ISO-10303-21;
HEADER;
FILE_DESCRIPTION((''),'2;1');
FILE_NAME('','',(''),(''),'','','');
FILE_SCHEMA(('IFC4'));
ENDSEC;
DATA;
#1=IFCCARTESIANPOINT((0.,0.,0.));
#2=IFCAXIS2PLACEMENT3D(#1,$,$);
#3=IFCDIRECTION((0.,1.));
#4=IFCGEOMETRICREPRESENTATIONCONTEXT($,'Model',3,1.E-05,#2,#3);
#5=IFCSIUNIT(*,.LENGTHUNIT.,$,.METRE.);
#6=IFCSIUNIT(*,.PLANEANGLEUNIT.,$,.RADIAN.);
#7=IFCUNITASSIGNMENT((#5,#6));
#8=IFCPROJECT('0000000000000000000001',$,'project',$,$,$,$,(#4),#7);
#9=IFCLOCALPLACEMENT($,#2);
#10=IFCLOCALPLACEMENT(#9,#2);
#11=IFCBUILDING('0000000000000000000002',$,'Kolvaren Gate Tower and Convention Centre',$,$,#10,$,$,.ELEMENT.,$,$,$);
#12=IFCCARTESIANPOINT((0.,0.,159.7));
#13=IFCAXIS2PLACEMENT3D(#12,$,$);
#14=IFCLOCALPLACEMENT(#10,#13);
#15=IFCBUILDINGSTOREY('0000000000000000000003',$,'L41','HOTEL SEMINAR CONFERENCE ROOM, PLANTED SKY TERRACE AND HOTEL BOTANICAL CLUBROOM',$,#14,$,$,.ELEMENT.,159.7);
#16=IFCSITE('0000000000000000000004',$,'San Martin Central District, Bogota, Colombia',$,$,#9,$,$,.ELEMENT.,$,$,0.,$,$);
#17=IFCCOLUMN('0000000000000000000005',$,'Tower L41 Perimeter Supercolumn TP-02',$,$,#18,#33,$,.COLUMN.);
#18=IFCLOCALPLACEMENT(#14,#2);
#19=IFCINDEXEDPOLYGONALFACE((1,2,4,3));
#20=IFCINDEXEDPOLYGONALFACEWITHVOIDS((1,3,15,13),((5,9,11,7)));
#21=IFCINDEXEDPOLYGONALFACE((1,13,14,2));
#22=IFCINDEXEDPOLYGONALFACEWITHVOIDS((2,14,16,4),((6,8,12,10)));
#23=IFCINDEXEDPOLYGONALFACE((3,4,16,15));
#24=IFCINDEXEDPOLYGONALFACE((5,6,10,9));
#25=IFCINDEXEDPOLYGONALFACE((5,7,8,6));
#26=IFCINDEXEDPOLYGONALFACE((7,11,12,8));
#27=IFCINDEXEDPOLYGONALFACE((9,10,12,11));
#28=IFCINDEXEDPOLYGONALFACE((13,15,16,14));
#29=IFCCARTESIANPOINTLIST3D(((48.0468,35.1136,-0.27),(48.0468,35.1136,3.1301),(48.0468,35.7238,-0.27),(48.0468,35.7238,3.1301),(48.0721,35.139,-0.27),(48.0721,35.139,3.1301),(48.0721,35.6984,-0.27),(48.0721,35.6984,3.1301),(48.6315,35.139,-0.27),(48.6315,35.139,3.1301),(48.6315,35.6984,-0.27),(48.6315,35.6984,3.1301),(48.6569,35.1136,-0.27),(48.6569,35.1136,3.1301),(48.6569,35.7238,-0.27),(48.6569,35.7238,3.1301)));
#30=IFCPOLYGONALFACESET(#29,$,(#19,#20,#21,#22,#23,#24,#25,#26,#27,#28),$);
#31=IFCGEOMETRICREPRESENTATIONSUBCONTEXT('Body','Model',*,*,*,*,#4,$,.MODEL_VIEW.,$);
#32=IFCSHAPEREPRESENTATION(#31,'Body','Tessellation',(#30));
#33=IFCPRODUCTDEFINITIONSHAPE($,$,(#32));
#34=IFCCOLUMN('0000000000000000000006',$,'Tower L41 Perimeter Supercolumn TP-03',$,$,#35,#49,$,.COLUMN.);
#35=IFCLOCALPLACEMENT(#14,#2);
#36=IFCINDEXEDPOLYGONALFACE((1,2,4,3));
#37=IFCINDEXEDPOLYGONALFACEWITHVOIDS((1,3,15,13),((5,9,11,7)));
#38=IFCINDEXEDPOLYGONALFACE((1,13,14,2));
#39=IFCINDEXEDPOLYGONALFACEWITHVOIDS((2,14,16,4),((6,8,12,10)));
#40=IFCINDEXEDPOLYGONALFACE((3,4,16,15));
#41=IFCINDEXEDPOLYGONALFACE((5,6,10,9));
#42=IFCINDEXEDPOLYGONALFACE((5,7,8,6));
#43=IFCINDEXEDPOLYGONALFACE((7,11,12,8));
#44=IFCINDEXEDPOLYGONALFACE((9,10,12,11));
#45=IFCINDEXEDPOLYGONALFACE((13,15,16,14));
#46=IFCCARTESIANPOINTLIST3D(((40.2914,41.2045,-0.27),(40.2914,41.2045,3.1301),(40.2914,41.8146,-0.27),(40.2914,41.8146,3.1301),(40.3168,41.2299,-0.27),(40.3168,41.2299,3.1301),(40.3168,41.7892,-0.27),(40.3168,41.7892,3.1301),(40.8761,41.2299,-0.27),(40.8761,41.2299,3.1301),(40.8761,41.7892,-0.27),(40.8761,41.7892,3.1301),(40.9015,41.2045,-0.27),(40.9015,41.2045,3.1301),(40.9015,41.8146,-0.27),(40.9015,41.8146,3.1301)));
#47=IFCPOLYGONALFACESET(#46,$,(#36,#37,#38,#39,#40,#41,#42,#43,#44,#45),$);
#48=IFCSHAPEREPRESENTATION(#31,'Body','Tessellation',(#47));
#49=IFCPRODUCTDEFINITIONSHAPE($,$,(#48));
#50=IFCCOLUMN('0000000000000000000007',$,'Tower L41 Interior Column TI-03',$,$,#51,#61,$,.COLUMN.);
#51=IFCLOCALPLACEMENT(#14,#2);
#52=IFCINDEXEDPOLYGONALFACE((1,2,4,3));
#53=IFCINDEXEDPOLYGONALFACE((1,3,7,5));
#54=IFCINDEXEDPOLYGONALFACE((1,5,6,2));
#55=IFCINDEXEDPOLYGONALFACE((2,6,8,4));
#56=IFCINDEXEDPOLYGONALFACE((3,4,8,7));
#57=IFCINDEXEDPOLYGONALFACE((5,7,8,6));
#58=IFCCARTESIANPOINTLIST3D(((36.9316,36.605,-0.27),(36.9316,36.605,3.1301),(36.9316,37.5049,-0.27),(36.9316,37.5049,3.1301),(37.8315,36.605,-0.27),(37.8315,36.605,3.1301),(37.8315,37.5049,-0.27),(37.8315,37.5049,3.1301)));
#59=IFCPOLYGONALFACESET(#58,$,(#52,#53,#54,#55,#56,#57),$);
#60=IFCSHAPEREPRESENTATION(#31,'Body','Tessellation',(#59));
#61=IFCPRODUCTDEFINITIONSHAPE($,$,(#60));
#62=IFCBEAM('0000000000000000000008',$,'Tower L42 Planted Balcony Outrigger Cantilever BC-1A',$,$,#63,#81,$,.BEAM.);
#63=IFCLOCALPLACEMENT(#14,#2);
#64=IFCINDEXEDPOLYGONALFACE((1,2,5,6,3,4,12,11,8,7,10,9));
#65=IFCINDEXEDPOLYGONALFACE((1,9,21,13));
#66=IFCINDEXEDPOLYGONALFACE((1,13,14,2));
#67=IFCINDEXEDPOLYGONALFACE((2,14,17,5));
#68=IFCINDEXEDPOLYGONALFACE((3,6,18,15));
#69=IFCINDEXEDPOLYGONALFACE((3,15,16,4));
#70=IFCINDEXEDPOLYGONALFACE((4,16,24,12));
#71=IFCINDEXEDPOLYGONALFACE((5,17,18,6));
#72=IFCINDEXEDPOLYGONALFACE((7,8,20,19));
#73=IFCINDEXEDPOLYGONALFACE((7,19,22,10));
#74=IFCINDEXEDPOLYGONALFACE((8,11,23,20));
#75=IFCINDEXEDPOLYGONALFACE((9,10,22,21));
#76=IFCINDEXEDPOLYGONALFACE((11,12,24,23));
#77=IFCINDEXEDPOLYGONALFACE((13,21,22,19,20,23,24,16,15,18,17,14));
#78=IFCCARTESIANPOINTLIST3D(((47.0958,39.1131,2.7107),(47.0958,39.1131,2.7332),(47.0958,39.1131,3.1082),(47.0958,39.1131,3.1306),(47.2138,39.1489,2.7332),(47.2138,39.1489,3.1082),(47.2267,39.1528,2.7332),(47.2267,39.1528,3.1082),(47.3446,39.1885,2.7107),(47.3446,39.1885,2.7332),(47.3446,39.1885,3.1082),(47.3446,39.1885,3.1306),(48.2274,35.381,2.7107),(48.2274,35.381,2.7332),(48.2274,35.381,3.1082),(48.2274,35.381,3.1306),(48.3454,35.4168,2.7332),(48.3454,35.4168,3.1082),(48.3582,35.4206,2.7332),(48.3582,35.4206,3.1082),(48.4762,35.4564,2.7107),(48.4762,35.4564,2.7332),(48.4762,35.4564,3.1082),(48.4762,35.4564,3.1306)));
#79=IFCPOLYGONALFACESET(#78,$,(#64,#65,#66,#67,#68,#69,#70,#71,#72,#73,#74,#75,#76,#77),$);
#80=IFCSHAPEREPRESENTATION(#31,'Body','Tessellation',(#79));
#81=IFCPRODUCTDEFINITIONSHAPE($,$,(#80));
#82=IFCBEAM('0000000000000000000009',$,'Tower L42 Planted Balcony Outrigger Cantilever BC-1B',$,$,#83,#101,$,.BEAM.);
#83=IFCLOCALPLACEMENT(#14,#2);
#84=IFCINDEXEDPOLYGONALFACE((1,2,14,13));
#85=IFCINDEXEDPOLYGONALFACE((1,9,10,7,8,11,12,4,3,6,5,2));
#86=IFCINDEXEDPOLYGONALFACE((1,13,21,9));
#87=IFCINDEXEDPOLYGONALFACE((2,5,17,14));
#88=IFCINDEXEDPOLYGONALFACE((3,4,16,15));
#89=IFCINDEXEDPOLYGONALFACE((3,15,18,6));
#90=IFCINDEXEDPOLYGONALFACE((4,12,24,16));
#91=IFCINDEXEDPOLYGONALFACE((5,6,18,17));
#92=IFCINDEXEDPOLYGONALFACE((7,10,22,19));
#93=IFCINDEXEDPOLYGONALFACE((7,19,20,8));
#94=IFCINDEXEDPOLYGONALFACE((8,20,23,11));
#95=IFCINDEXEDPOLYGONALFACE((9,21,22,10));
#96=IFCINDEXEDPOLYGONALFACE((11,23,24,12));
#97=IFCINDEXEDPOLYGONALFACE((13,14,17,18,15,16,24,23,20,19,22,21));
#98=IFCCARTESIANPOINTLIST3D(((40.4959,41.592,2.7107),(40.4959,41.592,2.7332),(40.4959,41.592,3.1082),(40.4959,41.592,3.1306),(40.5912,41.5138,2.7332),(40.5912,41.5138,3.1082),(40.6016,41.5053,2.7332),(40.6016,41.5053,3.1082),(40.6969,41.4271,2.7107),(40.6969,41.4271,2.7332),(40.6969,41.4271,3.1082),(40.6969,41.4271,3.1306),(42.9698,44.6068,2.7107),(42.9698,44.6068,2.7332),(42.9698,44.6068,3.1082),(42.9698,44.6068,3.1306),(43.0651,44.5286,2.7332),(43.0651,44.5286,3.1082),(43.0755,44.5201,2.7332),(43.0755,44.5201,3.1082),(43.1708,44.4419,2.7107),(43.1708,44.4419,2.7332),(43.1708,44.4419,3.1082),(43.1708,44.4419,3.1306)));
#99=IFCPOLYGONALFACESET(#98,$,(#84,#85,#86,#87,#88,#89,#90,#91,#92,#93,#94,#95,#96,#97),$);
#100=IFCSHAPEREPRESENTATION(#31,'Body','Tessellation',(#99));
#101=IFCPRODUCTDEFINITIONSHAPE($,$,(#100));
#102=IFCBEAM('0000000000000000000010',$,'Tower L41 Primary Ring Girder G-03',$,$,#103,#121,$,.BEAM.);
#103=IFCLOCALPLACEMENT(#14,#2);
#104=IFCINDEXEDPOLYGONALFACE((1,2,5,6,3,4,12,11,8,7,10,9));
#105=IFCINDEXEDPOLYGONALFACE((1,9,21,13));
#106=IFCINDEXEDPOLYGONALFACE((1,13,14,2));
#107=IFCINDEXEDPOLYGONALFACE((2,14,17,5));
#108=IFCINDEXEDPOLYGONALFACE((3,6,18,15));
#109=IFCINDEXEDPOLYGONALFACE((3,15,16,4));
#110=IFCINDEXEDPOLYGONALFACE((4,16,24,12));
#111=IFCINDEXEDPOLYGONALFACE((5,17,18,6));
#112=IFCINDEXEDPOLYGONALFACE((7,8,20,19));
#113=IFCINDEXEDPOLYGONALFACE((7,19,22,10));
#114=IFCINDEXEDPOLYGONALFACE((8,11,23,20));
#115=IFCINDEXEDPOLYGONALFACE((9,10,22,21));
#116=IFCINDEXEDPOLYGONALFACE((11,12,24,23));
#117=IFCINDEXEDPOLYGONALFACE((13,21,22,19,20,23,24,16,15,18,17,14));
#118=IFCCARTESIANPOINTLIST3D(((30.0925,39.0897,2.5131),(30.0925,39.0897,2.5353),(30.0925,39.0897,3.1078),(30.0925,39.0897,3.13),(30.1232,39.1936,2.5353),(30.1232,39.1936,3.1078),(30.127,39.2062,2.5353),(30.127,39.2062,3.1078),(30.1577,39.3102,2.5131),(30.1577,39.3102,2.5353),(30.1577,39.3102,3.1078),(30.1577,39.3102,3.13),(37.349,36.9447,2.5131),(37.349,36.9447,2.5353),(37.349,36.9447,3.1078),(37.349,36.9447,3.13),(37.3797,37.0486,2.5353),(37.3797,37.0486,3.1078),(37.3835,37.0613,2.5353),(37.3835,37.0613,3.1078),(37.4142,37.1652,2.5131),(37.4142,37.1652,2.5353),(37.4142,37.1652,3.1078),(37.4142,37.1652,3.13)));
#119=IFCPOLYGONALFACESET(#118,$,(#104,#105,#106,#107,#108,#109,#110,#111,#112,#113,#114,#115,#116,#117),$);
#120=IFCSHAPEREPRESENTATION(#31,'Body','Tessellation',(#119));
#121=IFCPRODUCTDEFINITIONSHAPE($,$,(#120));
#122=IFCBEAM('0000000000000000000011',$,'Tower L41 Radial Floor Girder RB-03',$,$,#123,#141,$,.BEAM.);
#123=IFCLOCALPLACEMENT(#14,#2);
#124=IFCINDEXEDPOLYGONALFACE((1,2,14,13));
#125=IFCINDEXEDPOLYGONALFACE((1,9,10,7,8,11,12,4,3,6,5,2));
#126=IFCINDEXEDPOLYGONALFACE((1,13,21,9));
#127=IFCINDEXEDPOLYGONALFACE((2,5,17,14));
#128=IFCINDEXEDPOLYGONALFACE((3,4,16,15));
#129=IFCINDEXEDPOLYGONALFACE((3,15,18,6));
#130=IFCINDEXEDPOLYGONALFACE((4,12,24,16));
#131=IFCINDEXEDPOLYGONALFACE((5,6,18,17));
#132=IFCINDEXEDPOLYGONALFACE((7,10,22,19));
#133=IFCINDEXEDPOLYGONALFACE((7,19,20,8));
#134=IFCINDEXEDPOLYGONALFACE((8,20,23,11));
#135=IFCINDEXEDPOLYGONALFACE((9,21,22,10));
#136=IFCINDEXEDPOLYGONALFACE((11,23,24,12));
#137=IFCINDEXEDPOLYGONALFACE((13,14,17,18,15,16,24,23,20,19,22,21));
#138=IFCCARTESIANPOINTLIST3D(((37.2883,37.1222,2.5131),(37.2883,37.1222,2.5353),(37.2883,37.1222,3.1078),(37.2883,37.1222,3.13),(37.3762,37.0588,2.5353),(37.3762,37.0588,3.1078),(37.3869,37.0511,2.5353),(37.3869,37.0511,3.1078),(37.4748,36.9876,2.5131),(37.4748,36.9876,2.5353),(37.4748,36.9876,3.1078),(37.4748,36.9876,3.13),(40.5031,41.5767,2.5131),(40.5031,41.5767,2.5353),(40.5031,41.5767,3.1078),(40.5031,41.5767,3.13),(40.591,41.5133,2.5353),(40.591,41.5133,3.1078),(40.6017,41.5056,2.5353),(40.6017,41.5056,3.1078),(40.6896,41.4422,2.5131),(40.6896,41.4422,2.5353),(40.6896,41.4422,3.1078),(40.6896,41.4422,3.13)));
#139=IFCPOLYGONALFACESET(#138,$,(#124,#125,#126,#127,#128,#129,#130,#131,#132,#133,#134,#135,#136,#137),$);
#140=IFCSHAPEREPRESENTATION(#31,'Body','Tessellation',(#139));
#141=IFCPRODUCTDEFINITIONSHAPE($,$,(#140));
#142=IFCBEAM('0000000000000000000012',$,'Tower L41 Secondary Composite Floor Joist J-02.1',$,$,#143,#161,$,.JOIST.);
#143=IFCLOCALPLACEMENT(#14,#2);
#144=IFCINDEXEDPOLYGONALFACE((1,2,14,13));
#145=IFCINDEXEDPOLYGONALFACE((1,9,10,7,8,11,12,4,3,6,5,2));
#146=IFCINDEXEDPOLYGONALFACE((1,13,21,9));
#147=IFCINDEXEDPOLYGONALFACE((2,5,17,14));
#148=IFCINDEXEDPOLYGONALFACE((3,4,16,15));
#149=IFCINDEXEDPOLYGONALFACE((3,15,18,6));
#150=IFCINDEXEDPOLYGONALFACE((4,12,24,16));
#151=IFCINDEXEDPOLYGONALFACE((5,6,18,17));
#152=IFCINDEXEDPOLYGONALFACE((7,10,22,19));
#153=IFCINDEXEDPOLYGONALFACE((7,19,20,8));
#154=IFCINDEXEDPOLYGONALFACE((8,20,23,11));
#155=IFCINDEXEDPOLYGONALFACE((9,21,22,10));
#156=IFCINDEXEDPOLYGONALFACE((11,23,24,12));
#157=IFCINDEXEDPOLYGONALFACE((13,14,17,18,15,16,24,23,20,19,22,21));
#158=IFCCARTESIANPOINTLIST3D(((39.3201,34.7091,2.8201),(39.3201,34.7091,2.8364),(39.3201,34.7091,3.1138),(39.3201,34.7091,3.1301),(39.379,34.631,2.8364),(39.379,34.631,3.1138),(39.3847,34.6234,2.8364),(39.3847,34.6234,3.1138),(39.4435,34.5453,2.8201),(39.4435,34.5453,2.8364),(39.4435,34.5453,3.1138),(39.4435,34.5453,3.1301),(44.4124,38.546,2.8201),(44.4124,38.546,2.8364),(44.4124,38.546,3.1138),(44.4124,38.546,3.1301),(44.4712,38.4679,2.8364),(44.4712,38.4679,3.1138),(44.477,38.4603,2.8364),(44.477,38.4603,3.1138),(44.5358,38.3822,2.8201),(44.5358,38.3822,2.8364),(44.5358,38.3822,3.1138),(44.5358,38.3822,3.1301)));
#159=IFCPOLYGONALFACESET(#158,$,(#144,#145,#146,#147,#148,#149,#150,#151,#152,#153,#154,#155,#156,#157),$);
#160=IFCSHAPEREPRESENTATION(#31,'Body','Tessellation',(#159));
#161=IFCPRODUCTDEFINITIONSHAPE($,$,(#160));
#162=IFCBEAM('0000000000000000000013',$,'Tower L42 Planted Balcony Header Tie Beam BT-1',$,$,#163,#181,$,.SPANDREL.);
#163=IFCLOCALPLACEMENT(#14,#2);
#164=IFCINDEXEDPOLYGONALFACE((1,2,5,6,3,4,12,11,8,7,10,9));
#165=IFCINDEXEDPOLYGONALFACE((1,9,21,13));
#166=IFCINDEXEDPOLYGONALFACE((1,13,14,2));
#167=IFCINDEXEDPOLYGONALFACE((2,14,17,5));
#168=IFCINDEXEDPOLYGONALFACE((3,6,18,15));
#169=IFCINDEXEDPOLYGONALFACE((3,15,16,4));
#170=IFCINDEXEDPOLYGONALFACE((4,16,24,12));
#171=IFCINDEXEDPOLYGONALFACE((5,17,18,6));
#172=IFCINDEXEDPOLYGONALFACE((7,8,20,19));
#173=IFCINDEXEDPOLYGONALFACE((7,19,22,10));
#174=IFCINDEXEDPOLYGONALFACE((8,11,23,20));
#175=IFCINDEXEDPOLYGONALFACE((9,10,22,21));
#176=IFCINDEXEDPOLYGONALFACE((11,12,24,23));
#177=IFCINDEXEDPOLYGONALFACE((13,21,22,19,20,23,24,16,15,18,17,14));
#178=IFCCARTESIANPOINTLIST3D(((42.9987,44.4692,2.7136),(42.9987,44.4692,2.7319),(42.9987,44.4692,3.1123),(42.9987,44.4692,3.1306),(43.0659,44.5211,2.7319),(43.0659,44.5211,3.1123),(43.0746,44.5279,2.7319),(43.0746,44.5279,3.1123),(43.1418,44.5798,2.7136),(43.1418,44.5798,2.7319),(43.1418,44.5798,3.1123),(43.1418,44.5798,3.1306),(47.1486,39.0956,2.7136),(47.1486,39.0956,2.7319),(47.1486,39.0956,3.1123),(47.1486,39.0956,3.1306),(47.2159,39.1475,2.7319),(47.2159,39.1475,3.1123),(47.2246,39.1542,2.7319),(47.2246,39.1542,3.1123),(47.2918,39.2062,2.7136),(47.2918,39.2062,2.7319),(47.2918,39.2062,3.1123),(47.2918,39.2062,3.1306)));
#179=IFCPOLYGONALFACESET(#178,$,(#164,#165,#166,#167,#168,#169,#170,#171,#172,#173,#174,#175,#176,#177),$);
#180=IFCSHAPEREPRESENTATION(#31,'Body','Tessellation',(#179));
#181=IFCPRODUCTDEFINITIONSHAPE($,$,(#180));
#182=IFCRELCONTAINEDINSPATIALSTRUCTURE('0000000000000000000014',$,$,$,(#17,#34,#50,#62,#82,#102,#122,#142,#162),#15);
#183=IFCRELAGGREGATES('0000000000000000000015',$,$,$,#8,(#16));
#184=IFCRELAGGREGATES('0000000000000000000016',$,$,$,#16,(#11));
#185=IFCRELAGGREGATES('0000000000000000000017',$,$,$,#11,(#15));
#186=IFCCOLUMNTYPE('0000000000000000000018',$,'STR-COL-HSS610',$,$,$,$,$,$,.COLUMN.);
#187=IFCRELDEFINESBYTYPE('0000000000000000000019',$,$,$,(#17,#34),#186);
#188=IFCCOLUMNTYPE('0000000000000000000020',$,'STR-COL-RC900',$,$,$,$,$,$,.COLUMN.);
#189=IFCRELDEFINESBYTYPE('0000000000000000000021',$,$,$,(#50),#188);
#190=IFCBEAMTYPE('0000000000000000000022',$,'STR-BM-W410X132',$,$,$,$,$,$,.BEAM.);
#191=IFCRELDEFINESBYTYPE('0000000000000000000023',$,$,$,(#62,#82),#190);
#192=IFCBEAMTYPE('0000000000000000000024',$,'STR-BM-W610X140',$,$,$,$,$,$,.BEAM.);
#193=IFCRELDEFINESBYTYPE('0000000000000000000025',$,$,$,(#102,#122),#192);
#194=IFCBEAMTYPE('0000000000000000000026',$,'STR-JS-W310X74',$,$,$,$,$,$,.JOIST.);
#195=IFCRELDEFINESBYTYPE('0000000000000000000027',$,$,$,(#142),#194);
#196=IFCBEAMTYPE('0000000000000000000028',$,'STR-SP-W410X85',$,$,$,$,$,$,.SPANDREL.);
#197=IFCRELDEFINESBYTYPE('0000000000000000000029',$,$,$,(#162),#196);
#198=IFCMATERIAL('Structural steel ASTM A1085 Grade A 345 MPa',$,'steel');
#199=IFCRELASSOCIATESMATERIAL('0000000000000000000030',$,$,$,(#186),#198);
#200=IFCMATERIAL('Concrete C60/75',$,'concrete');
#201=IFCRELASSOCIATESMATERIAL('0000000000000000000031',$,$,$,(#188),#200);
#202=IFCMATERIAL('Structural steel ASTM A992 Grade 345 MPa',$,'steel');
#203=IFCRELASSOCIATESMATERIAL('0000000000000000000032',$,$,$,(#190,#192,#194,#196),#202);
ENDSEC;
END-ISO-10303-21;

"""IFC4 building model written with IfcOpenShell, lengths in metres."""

from ifc_helpers import new_model, si_unit, direction, frame, origin, origin_2d, place, context, subcontext, project, spatial, rectangle, hollow_rectangle, i_section, extrude, material, material_profile, profile_set, type_object, element, save


model = new_model("IFC4")

# Units and contexts
model_context = context("Model", 3, precision=1e-05, world=origin(), true_north=direction((0.0, 1.0)))
body_context = subcontext(model_context, "Body", "Model", "MODEL_VIEW")
ifc_project = project(units=[si_unit("LENGTHUNIT", "METRE"), si_unit("PLANEANGLEUNIT", "RADIAN")], contexts=[model_context])

# Site, building, storey
site_placement = place(None, origin())
site = spatial("IfcSite", under=ifc_project, at=site_placement, Name="San Martin Central District, Bogota, Colombia", CompositionType="ELEMENT", RefElevation=0.0)
building_placement = place(site_placement, origin())
building = spatial("IfcBuilding", under=site, at=building_placement, Name="Kolvaren Gate Tower and Convention Centre", CompositionType="ELEMENT")
storey_placement = place(building_placement, frame((0.0, 0.0, 159.7)))
storey = spatial("IfcBuildingStorey", under=building, at=storey_placement, Name="L41", Description="HOTEL SEMINAR CONFERENCE ROOM, PLANTED SKY TERRACE AND HOTEL BOTANICAL CLUBROOM", CompositionType="ELEMENT", Elevation=159.7)

# Columns
ifc_material_1 = material(Name="Structural steel ASTM A1085 Grade A 345 MPa", Category="steel")
ifc_material_profile_1 = material_profile(ifc_material_1, hollow_rectangle(XDim=0.6101, YDim=0.6101, WallThickness=0.0254, at=origin_2d()), Name="HSS610X610X25.4")
ifc_profile_set_1 = profile_set([ifc_material_profile_1], Name="Structural steel ASTM A1085 Grade A 345 MPa")
column_type_1 = type_object("IfcColumnType", Name="STR-COL-HSS610", PredefinedType="COLUMN", material=ifc_profile_set_1)
for number, where, z_axis, x_axis, name in (
    (1, (48.3518, 35.4187, -0.27), (0.0, 0.0, 1.0), (1.0, 0.0, 0.0), "Tower L41 Perimeter Supercolumn TP-02"),
    (2, (40.5964, 41.5095, -0.27), (0.0, 0.0, 1.0), (1.0, 0.0, 0.0), "Tower L41 Perimeter Supercolumn TP-03"),
):
    element("IfcColumn", number, at=place(storey_placement, frame(where, z_axis=z_axis, x_axis=x_axis)), inside=storey, type_object=column_type_1, Name=name, PredefinedType="COLUMN", context=body_context, shape_type="SweptSolid", body=[
        extrude(hollow_rectangle(XDim=0.6101, YDim=0.6101, WallThickness=0.0254, at=origin_2d()), origin(), (0.0, 0.0, 1.0), 3.4001),
    ])
ifc_material_2 = material(Name="Concrete C60/75", Category="concrete")
ifc_material_profile_2 = material_profile(ifc_material_2, rectangle(XDim=0.8999, YDim=0.8999, at=origin_2d()), Name="RC-COL-900X900")
ifc_profile_set_2 = profile_set([ifc_material_profile_2], Name="Concrete C60/75")
column_type_2 = type_object("IfcColumnType", Name="STR-COL-RC900", PredefinedType="COLUMN", material=ifc_profile_set_2)
column_placement = place(storey_placement, frame((37.3816, 37.0549, -0.27), z_axis=(0.0, 0.0, 1.0), x_axis=(1.0, 0.0, 0.0)))
element("IfcColumn", 3, at=column_placement, inside=storey, type_object=column_type_2, Name="Tower L41 Interior Column TI-03", PredefinedType="COLUMN", context=body_context, shape_type="SweptSolid", body=[
    extrude(rectangle(XDim=0.8999, YDim=0.8999, at=origin_2d()), origin(), (0.0, 0.0, 1.0), 3.4001),
])

# Beams
ifc_material_3 = material(Name="Structural steel ASTM A992 Grade 345 MPa", Category="steel")
ifc_material_profile_3 = material_profile(ifc_material_3, i_section(OverallWidth=0.26, OverallDepth=0.4199, WebThickness=0.0134, FlangeThickness=0.0225, at=origin_2d()), Name="W410X132")
ifc_profile_set_3 = profile_set([ifc_material_profile_3], Name="Structural steel ASTM A992 Grade 345 MPa")
beam_type_1 = type_object("IfcBeamType", Name="STR-BM-W410X132", PredefinedType="BEAM", material=ifc_profile_set_3)
for number, where, z_axis, x_axis, name in (
    (4, (48.3518, 35.4187, 2.9207), (-0.290155, 0.95698, 0.0), (-0.95698, -0.290155, 0.0), "Tower L42 Planted Balcony Outrigger Cantilever BC-1A"),
    (5, (40.5964, 41.5095, 2.9207), (0.634335, 0.773058, 0.0), (-0.773058, 0.634335, 0.0), "Tower L42 Planted Balcony Outrigger Cantilever BC-1B"),
):
    element("IfcBeam", number, at=place(storey_placement, frame(where, z_axis=z_axis, x_axis=x_axis)), inside=storey, type_object=beam_type_1, Name=name, PredefinedType="BEAM", context=body_context, shape_type="SweptSolid", body=[
        extrude(i_section(OverallWidth=0.26, OverallDepth=0.4199, WebThickness=0.0134, FlangeThickness=0.0225, at=origin_2d()), origin(), (0.0, 0.0, 1.0), 3.8999),
    ])
ifc_material_profile_4 = material_profile(ifc_material_3, i_section(OverallWidth=0.23, OverallDepth=0.6169, WebThickness=0.0132, FlangeThickness=0.0222, at=origin_2d()), Name="W610X140")
ifc_profile_set_4 = profile_set([ifc_material_profile_4], Name="Structural steel ASTM A992 Grade 345 MPa")
beam_type_2 = type_object("IfcBeamType", Name="STR-BM-W610X140", PredefinedType="BEAM", material=ifc_profile_set_4)
beam_1_placement = place(storey_placement, frame((37.3816, 37.0549, 2.8215), z_axis=(-0.958981, 0.283471, 0.0), x_axis=(-0.283471, -0.958981, 0.0)))
element("IfcBeam", 6, at=beam_1_placement, inside=storey, type_object=beam_type_2, Name="Tower L41 Primary Ring Girder G-03", PredefinedType="BEAM", context=body_context, shape_type="SweptSolid", body=[
    extrude(i_section(OverallWidth=0.23, OverallDepth=0.6169, WebThickness=0.0132, FlangeThickness=0.0222, at=origin_2d()), origin(), (0.0, 0.0, 1.0), 7.5669),
])
beam_2_placement = place(storey_placement, frame((37.3816, 37.0549, 2.8215), z_axis=(0.585208, 0.810883, 0.0), x_axis=(-0.810883, 0.585208, 0.0)))
element("IfcBeam", 7, at=beam_2_placement, inside=storey, type_object=beam_type_2, Name="Tower L41 Radial Floor Girder RB-03", PredefinedType="BEAM", context=body_context, shape_type="SweptSolid", body=[
    extrude(i_section(OverallWidth=0.23, OverallDepth=0.6169, WebThickness=0.0132, FlangeThickness=0.0222, at=origin_2d()), origin(), (0.0, 0.0, 1.0), 5.4934),
])
ifc_material_profile_5 = material_profile(ifc_material_3, i_section(OverallWidth=0.2051, OverallDepth=0.3101, WebThickness=0.0095, FlangeThickness=0.0164, at=origin_2d()), Name="W310X74")
ifc_profile_set_5 = profile_set([ifc_material_profile_5], Name="Structural steel ASTM A992 Grade 345 MPa")
beam_type_3 = type_object("IfcBeamType", Name="STR-JS-W310X74", PredefinedType="JOIST", material=ifc_profile_set_5)
beam_3_placement = place(storey_placement, frame((39.3818, 34.6272, 2.9751), z_axis=(0.798666, 0.601775, 0.0), x_axis=(-0.601775, 0.798666, 0.0)))
element("IfcBeam", 8, at=beam_3_placement, inside=storey, type_object=beam_type_3, Name="Tower L41 Secondary Composite Floor Joist J-02.1", PredefinedType="JOIST", context=body_context, shape_type="SweptSolid", body=[
    extrude(i_section(OverallWidth=0.2051, OverallDepth=0.3101, WebThickness=0.0095, FlangeThickness=0.0164, at=origin_2d()), origin(), (0.0, 0.0, 1.0), 6.376),
])
ifc_material_profile_6 = material_profile(ifc_material_3, i_section(OverallWidth=0.1809, OverallDepth=0.417, WebThickness=0.011, FlangeThickness=0.0183, at=origin_2d()), Name="W410X85")
ifc_profile_set_6 = profile_set([ifc_material_profile_6], Name="Structural steel ASTM A992 Grade 345 MPa")
beam_type_4 = type_object("IfcBeamType", Name="STR-SP-W410X85", PredefinedType="SPANDREL", material=ifc_profile_set_6)
beam_4_placement = place(storey_placement, frame((47.2202, 39.1509, 2.9221), z_axis=(-0.611228, 0.791454, 0.0), x_axis=(-0.791454, -0.611228, 0.0)))
element("IfcBeam", 9, at=beam_4_placement, inside=storey, type_object=beam_type_4, Name="Tower L42 Planted Balcony Header Tie Beam BT-1", PredefinedType="SPANDREL", context=body_context, shape_type="SweptSolid", body=[
    extrude(i_section(OverallWidth=0.1809, OverallDepth=0.417, WebThickness=0.011, FlangeThickness=0.0183, at=origin_2d()), origin(), (0.0, 0.0, 1.0), 6.7896),
])

save(model, "model.ifc")
